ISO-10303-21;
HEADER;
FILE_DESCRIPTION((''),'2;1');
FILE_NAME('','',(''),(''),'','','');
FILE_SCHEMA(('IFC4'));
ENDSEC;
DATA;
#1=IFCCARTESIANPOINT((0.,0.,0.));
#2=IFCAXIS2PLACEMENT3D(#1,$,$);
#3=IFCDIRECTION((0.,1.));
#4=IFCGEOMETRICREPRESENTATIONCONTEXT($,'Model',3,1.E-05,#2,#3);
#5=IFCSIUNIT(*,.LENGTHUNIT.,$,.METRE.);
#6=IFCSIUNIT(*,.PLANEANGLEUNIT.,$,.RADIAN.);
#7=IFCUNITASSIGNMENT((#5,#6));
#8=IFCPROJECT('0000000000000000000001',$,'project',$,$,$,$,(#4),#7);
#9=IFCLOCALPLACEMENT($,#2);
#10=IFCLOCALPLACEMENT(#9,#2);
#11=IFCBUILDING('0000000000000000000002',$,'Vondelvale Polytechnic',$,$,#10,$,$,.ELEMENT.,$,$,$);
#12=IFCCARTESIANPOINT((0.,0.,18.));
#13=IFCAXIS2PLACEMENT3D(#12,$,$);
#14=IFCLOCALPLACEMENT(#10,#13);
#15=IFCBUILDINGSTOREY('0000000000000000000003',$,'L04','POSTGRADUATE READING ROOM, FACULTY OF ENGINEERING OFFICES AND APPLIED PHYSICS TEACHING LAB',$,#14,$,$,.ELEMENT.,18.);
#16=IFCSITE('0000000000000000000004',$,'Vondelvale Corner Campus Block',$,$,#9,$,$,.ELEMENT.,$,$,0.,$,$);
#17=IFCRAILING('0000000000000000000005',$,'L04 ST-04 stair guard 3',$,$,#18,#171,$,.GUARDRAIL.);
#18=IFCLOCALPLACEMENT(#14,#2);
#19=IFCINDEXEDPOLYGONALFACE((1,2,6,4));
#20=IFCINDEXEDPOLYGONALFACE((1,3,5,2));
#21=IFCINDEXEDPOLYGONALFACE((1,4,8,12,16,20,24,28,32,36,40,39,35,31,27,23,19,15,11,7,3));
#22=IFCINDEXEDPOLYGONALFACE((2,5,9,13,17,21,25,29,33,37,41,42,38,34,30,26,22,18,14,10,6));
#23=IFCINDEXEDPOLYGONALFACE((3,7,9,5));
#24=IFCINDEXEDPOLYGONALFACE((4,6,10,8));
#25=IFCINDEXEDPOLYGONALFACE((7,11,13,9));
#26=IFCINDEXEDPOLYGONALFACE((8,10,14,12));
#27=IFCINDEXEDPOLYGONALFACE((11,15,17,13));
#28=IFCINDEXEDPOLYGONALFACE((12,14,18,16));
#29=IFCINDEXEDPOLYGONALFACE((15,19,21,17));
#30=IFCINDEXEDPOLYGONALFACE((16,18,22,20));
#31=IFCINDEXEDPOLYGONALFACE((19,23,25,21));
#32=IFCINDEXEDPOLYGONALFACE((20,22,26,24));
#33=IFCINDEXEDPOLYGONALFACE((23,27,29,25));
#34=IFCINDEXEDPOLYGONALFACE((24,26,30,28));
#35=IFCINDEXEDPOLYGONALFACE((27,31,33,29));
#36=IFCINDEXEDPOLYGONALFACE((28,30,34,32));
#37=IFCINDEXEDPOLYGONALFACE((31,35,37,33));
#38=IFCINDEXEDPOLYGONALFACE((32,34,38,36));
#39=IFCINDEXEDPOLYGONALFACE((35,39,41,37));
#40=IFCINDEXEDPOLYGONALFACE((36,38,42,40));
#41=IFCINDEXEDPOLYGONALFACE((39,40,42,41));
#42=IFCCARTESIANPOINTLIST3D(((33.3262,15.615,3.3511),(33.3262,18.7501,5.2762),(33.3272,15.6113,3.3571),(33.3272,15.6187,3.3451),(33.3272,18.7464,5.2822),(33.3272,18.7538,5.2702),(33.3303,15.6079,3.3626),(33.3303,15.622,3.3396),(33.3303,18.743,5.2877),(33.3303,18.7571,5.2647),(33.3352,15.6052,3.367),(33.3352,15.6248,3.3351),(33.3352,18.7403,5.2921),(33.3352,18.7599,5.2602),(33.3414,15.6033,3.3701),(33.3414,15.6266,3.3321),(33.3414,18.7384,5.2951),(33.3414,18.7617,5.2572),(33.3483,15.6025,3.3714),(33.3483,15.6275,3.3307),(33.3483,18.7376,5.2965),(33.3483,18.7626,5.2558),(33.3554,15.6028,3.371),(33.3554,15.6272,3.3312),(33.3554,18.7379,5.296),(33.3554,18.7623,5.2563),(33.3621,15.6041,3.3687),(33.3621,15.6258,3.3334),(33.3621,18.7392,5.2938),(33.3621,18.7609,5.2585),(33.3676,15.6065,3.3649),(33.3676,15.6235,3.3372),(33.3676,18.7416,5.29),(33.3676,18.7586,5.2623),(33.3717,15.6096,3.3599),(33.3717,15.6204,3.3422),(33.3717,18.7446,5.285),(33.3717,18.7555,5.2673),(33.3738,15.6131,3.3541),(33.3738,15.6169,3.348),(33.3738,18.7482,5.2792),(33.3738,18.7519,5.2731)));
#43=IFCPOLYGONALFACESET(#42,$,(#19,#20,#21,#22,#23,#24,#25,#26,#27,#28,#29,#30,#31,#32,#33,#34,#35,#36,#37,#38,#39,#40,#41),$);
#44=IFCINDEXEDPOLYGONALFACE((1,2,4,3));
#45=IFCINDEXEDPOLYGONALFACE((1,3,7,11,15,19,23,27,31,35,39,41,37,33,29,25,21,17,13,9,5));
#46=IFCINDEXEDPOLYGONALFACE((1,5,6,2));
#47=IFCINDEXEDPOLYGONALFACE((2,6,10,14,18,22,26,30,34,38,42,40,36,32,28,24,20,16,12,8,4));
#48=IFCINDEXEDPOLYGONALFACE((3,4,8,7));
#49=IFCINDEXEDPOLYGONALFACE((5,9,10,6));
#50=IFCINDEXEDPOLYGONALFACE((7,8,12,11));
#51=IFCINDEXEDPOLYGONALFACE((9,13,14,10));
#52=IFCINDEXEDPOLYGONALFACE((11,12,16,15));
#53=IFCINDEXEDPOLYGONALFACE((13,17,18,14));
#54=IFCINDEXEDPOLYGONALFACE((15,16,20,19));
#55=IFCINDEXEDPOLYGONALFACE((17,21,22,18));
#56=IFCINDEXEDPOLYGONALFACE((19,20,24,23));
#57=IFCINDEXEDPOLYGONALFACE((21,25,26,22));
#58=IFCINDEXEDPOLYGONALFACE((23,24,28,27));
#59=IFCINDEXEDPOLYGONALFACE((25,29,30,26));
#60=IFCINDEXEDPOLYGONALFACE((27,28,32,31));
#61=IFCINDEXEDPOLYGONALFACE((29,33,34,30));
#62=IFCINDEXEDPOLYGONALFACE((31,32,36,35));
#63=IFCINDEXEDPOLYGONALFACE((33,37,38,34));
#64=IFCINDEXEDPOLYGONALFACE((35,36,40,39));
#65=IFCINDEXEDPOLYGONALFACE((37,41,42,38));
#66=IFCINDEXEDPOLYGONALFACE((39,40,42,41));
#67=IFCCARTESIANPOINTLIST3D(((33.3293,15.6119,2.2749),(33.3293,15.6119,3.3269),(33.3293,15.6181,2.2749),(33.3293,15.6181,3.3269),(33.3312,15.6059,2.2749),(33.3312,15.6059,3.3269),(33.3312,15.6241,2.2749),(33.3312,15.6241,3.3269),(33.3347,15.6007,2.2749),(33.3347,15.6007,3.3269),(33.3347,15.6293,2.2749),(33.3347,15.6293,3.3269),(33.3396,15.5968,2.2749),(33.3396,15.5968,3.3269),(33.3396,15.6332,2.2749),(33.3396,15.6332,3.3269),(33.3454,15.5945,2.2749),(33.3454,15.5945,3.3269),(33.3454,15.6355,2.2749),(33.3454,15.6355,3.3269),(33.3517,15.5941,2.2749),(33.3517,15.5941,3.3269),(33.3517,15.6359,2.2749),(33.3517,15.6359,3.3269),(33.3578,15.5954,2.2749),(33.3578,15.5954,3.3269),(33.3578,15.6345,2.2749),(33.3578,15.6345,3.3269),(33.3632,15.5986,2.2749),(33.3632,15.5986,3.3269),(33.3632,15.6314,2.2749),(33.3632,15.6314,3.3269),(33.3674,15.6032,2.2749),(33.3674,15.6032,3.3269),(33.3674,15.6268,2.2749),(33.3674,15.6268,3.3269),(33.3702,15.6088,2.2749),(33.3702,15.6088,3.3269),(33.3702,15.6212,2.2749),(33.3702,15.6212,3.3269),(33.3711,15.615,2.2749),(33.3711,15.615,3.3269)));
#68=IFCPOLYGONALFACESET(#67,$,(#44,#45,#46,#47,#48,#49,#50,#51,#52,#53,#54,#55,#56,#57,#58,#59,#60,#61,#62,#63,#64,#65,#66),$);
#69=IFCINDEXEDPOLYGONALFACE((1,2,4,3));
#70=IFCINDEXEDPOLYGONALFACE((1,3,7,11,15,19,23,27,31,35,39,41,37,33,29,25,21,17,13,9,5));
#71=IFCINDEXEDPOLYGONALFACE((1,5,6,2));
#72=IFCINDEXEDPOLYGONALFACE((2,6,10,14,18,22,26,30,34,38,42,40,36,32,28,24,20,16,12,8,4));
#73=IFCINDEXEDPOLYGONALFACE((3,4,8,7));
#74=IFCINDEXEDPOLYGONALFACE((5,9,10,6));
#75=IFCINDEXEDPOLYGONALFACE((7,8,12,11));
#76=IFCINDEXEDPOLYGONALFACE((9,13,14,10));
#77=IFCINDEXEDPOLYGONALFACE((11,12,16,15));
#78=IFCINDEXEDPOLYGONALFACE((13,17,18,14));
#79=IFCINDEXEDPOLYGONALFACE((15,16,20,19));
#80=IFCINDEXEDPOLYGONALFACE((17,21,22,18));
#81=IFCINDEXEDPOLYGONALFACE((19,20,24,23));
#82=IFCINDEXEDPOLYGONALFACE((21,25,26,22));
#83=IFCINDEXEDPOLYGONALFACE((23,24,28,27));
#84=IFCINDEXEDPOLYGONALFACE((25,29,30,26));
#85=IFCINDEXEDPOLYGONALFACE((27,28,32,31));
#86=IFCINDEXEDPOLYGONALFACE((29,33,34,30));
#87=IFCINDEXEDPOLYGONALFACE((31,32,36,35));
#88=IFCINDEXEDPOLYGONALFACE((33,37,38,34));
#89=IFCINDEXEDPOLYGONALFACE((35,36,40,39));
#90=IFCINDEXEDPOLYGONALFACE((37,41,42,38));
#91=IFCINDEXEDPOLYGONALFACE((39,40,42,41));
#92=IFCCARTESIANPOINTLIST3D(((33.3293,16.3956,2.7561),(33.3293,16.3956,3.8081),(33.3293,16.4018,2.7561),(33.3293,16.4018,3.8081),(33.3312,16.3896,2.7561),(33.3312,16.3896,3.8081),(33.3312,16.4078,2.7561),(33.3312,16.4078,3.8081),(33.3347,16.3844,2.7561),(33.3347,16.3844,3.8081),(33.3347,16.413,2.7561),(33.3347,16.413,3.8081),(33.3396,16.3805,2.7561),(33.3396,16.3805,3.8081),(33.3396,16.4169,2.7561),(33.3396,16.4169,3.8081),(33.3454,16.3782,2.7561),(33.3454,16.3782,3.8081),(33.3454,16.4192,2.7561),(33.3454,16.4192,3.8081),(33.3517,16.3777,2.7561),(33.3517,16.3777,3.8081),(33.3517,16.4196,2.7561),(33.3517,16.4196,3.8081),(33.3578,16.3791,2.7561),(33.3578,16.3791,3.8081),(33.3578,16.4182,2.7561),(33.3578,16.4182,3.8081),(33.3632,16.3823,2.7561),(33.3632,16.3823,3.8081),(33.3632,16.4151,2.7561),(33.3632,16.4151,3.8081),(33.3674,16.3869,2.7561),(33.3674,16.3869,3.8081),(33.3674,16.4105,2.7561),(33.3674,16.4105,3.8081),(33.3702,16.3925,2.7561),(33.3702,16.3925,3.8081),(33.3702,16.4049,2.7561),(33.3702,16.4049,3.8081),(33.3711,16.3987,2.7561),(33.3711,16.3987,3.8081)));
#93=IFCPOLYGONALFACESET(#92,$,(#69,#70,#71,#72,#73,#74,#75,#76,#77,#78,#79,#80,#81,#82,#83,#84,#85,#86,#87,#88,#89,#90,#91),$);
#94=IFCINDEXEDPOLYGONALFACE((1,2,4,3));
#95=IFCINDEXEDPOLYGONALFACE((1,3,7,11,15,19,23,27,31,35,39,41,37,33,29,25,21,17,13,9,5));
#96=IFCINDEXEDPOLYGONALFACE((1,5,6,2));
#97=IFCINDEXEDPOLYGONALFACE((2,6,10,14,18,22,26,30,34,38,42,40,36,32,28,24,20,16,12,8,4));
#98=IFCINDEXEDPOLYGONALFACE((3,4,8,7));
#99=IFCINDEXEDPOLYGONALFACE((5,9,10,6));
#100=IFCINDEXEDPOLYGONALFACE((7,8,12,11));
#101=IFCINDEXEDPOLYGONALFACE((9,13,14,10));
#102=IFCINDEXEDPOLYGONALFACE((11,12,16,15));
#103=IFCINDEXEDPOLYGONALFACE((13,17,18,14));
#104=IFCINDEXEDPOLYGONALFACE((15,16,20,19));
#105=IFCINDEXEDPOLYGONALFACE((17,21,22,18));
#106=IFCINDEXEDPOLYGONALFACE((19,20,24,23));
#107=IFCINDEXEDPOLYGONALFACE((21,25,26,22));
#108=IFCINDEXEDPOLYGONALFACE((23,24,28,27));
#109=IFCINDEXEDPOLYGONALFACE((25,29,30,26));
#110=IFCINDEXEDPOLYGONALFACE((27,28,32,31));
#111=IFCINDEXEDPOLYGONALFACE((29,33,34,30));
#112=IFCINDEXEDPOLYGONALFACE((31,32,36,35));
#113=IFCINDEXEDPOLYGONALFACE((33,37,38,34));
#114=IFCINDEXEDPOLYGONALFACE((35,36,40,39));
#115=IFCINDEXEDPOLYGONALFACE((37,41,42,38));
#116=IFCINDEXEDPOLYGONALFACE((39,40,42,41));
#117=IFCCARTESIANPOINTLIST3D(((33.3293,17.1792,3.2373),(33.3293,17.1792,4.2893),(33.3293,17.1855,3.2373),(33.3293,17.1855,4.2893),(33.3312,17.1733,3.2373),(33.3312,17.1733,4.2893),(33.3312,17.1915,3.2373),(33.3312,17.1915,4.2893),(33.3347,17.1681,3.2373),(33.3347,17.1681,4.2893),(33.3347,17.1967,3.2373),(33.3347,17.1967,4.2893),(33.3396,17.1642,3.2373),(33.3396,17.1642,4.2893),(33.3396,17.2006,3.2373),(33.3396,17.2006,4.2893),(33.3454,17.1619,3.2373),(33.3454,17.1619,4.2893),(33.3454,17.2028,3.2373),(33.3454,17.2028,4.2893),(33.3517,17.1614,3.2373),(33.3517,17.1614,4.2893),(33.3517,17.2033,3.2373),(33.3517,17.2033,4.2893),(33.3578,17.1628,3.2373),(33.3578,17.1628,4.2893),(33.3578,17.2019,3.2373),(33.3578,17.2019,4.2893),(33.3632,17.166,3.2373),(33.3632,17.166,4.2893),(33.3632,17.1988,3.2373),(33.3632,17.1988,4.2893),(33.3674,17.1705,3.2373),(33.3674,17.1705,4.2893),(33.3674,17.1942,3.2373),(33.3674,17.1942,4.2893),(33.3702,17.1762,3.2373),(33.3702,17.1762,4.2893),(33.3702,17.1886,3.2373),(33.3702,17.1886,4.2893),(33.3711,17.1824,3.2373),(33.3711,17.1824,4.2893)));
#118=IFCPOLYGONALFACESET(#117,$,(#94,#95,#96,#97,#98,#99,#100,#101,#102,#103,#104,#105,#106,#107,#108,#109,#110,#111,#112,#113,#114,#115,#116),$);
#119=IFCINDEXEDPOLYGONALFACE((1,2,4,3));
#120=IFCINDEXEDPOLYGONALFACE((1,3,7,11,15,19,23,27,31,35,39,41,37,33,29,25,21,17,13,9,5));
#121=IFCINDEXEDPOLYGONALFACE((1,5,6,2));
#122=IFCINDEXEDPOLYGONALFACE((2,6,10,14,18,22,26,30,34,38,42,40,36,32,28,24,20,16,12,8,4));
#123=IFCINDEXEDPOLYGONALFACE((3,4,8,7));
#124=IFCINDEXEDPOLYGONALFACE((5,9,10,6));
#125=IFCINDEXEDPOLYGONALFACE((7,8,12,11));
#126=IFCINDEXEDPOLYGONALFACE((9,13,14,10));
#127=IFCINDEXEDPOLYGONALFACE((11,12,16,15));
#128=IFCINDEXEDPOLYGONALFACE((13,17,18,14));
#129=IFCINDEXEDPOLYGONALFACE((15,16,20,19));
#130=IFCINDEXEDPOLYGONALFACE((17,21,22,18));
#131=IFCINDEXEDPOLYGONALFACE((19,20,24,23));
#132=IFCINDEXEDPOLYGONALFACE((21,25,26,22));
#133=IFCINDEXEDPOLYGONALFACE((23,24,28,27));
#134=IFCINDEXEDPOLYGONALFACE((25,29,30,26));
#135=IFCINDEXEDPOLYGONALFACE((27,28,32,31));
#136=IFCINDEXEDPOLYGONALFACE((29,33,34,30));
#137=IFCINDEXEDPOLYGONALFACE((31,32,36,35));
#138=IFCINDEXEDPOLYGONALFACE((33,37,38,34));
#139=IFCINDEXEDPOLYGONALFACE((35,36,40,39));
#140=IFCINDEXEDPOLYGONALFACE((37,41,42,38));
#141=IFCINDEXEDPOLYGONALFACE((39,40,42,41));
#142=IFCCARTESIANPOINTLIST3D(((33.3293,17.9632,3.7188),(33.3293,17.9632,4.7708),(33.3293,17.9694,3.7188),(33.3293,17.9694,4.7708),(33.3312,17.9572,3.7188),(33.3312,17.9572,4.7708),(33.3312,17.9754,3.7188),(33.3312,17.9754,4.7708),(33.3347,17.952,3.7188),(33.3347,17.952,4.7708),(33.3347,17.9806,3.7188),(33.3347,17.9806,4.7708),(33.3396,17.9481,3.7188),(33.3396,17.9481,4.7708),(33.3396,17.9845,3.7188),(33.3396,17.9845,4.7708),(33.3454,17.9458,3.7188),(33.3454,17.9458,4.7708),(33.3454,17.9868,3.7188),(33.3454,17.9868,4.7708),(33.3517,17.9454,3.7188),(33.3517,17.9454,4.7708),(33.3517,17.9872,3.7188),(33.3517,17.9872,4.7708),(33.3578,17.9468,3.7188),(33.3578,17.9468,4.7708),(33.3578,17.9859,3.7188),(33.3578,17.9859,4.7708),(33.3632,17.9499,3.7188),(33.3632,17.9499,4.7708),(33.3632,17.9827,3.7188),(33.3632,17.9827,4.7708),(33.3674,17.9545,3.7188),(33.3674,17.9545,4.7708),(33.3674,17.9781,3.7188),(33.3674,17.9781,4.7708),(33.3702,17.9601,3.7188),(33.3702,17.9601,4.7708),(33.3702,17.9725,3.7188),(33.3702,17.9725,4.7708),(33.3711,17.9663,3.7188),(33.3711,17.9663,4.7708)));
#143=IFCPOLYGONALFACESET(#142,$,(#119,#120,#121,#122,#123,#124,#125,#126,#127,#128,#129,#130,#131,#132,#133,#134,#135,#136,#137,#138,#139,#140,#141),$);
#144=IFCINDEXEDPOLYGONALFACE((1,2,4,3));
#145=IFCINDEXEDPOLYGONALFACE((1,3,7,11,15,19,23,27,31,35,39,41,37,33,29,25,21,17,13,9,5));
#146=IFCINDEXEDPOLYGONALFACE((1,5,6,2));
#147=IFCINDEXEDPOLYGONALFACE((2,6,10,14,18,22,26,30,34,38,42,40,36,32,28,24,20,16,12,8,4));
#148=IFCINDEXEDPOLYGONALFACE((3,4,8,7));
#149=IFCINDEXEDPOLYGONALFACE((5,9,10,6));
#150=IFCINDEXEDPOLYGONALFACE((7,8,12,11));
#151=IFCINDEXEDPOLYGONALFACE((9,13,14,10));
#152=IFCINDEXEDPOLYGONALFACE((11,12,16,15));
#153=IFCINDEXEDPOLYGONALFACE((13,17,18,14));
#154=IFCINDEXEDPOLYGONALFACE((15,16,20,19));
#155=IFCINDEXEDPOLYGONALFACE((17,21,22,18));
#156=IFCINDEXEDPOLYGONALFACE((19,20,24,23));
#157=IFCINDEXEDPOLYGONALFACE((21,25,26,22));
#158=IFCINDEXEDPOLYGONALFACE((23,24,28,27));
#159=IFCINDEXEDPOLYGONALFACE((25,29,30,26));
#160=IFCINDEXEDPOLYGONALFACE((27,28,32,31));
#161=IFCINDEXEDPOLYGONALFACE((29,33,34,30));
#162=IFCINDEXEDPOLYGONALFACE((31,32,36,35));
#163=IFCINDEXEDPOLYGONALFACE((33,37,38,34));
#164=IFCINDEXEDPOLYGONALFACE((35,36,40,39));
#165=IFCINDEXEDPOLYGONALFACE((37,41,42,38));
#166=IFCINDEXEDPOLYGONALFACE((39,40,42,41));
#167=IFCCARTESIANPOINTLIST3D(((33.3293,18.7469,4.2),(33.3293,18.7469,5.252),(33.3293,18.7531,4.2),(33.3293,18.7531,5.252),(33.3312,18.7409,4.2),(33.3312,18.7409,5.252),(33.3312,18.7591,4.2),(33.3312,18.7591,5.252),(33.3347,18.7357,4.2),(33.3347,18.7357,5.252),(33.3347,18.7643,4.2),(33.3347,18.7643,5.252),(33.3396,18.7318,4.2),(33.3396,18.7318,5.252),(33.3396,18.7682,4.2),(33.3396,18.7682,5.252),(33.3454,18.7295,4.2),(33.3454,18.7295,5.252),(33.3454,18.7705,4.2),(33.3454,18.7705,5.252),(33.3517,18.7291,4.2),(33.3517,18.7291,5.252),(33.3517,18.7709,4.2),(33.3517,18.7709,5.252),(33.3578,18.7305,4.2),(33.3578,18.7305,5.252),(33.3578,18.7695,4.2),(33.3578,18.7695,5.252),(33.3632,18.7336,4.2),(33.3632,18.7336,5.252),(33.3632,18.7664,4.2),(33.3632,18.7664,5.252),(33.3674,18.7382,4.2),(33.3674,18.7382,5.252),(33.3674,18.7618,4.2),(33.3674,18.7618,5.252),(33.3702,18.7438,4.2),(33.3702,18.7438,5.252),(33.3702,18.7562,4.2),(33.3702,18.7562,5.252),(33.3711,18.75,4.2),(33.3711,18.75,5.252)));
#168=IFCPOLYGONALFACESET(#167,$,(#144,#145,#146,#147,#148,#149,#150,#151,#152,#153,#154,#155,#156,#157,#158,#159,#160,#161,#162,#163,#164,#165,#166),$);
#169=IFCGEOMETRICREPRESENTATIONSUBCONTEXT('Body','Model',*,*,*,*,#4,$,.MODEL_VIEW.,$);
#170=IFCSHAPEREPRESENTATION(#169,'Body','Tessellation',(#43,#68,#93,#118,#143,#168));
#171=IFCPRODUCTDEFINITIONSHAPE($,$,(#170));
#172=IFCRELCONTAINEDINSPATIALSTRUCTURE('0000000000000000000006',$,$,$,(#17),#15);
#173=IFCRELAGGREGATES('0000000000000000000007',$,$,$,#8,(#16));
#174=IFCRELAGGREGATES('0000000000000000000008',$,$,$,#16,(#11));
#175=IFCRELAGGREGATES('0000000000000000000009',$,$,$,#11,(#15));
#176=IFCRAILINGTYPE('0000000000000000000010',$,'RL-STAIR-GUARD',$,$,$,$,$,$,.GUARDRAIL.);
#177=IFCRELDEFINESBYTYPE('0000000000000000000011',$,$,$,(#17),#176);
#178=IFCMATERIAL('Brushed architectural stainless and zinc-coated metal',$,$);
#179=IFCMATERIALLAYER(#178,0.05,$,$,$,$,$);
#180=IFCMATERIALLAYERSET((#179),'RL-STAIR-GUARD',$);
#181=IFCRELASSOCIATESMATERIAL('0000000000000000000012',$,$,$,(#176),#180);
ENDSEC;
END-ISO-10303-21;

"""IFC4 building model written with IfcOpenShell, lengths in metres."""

from ifc_helpers import new_model, si_unit, direction, frame, origin, origin_2d, place, context, subcontext, project, spatial, circle, extrude, material, layer, layer_set, type_object, element, save


model = new_model("IFC4")

# Units and contexts
model_context = context("Model", 3, precision=1e-05, world=origin(), true_north=direction((0.0, 1.0)))
body_context = subcontext(model_context, "Body", "Model", "MODEL_VIEW")
ifc_project = project(units=[si_unit("LENGTHUNIT", "METRE"), si_unit("PLANEANGLEUNIT", "RADIAN")], contexts=[model_context])

# Site, building, storey
site_placement = place(None, origin())
site = spatial("IfcSite", under=ifc_project, at=site_placement, Name="Vondelvale Corner Campus Block", CompositionType="ELEMENT", RefElevation=0.0)
building_placement = place(site_placement, origin())
building = spatial("IfcBuilding", under=site, at=building_placement, Name="Vondelvale Polytechnic", CompositionType="ELEMENT")
storey_placement = place(building_placement, frame((0.0, 0.0, 18.0)))
storey = spatial("IfcBuildingStorey", under=building, at=storey_placement, Name="L04", Description="POSTGRADUATE READING ROOM, FACULTY OF ENGINEERING OFFICES AND APPLIED PHYSICS TEACHING LAB", CompositionType="ELEMENT", Elevation=18.0)

# Shared definitions
ifc_material_1 = material(Name="Brushed architectural stainless and zinc-coated metal")

# Railing
ifc_layer_1 = layer(ifc_material_1, 0.05)
ifc_layer_set_1 = layer_set([ifc_layer_1], Name="RL-STAIR-GUARD")
railing_type = type_object("IfcRailingType", Name="RL-STAIR-GUARD", PredefinedType="GUARDRAIL", material=ifc_layer_set_1)
railing_1_placement = place(storey_placement, frame((33.3501, 15.615, 2.2749)))
element("IfcRailing", 1, at=railing_1_placement, inside=storey, type_object=railing_type, Name="L04 ST-04 stair guard 3", PredefinedType="GUARDRAIL", context=body_context, shape_type="SweptSolid", body=[
    extrude(circle(Radius=0.0239, at=origin_2d()), frame((0.0, 0.0, 1.0762), z_axis=(0.0, 0.852166, 0.523271), x_axis=(-1.0, 0.0, 0.0)), (0.0, 0.0, 1.0), 3.679),
    extrude(circle(Radius=0.021, at=origin_2d()), origin(), (0.0, 0.0, 1.0), 1.052),
    extrude(circle(Radius=0.021, at=origin_2d()), frame((0.0, 0.7837, 0.4812)), (0.0, 0.0, 1.0), 1.052),
    extrude(circle(Radius=0.021, at=origin_2d()), frame((0.0, 1.5674, 0.9624)), (0.0, 0.0, 1.0), 1.052),
    extrude(circle(Radius=0.021, at=origin_2d()), frame((0.0, 2.3513, 1.4438)), (0.0, 0.0, 1.0), 1.052),
    extrude(circle(Radius=0.021, at=origin_2d()), frame((0.0, 3.135, 1.925)), (0.0, 0.0, 1.0), 1.052),
])

save(model, "model.ifc")
